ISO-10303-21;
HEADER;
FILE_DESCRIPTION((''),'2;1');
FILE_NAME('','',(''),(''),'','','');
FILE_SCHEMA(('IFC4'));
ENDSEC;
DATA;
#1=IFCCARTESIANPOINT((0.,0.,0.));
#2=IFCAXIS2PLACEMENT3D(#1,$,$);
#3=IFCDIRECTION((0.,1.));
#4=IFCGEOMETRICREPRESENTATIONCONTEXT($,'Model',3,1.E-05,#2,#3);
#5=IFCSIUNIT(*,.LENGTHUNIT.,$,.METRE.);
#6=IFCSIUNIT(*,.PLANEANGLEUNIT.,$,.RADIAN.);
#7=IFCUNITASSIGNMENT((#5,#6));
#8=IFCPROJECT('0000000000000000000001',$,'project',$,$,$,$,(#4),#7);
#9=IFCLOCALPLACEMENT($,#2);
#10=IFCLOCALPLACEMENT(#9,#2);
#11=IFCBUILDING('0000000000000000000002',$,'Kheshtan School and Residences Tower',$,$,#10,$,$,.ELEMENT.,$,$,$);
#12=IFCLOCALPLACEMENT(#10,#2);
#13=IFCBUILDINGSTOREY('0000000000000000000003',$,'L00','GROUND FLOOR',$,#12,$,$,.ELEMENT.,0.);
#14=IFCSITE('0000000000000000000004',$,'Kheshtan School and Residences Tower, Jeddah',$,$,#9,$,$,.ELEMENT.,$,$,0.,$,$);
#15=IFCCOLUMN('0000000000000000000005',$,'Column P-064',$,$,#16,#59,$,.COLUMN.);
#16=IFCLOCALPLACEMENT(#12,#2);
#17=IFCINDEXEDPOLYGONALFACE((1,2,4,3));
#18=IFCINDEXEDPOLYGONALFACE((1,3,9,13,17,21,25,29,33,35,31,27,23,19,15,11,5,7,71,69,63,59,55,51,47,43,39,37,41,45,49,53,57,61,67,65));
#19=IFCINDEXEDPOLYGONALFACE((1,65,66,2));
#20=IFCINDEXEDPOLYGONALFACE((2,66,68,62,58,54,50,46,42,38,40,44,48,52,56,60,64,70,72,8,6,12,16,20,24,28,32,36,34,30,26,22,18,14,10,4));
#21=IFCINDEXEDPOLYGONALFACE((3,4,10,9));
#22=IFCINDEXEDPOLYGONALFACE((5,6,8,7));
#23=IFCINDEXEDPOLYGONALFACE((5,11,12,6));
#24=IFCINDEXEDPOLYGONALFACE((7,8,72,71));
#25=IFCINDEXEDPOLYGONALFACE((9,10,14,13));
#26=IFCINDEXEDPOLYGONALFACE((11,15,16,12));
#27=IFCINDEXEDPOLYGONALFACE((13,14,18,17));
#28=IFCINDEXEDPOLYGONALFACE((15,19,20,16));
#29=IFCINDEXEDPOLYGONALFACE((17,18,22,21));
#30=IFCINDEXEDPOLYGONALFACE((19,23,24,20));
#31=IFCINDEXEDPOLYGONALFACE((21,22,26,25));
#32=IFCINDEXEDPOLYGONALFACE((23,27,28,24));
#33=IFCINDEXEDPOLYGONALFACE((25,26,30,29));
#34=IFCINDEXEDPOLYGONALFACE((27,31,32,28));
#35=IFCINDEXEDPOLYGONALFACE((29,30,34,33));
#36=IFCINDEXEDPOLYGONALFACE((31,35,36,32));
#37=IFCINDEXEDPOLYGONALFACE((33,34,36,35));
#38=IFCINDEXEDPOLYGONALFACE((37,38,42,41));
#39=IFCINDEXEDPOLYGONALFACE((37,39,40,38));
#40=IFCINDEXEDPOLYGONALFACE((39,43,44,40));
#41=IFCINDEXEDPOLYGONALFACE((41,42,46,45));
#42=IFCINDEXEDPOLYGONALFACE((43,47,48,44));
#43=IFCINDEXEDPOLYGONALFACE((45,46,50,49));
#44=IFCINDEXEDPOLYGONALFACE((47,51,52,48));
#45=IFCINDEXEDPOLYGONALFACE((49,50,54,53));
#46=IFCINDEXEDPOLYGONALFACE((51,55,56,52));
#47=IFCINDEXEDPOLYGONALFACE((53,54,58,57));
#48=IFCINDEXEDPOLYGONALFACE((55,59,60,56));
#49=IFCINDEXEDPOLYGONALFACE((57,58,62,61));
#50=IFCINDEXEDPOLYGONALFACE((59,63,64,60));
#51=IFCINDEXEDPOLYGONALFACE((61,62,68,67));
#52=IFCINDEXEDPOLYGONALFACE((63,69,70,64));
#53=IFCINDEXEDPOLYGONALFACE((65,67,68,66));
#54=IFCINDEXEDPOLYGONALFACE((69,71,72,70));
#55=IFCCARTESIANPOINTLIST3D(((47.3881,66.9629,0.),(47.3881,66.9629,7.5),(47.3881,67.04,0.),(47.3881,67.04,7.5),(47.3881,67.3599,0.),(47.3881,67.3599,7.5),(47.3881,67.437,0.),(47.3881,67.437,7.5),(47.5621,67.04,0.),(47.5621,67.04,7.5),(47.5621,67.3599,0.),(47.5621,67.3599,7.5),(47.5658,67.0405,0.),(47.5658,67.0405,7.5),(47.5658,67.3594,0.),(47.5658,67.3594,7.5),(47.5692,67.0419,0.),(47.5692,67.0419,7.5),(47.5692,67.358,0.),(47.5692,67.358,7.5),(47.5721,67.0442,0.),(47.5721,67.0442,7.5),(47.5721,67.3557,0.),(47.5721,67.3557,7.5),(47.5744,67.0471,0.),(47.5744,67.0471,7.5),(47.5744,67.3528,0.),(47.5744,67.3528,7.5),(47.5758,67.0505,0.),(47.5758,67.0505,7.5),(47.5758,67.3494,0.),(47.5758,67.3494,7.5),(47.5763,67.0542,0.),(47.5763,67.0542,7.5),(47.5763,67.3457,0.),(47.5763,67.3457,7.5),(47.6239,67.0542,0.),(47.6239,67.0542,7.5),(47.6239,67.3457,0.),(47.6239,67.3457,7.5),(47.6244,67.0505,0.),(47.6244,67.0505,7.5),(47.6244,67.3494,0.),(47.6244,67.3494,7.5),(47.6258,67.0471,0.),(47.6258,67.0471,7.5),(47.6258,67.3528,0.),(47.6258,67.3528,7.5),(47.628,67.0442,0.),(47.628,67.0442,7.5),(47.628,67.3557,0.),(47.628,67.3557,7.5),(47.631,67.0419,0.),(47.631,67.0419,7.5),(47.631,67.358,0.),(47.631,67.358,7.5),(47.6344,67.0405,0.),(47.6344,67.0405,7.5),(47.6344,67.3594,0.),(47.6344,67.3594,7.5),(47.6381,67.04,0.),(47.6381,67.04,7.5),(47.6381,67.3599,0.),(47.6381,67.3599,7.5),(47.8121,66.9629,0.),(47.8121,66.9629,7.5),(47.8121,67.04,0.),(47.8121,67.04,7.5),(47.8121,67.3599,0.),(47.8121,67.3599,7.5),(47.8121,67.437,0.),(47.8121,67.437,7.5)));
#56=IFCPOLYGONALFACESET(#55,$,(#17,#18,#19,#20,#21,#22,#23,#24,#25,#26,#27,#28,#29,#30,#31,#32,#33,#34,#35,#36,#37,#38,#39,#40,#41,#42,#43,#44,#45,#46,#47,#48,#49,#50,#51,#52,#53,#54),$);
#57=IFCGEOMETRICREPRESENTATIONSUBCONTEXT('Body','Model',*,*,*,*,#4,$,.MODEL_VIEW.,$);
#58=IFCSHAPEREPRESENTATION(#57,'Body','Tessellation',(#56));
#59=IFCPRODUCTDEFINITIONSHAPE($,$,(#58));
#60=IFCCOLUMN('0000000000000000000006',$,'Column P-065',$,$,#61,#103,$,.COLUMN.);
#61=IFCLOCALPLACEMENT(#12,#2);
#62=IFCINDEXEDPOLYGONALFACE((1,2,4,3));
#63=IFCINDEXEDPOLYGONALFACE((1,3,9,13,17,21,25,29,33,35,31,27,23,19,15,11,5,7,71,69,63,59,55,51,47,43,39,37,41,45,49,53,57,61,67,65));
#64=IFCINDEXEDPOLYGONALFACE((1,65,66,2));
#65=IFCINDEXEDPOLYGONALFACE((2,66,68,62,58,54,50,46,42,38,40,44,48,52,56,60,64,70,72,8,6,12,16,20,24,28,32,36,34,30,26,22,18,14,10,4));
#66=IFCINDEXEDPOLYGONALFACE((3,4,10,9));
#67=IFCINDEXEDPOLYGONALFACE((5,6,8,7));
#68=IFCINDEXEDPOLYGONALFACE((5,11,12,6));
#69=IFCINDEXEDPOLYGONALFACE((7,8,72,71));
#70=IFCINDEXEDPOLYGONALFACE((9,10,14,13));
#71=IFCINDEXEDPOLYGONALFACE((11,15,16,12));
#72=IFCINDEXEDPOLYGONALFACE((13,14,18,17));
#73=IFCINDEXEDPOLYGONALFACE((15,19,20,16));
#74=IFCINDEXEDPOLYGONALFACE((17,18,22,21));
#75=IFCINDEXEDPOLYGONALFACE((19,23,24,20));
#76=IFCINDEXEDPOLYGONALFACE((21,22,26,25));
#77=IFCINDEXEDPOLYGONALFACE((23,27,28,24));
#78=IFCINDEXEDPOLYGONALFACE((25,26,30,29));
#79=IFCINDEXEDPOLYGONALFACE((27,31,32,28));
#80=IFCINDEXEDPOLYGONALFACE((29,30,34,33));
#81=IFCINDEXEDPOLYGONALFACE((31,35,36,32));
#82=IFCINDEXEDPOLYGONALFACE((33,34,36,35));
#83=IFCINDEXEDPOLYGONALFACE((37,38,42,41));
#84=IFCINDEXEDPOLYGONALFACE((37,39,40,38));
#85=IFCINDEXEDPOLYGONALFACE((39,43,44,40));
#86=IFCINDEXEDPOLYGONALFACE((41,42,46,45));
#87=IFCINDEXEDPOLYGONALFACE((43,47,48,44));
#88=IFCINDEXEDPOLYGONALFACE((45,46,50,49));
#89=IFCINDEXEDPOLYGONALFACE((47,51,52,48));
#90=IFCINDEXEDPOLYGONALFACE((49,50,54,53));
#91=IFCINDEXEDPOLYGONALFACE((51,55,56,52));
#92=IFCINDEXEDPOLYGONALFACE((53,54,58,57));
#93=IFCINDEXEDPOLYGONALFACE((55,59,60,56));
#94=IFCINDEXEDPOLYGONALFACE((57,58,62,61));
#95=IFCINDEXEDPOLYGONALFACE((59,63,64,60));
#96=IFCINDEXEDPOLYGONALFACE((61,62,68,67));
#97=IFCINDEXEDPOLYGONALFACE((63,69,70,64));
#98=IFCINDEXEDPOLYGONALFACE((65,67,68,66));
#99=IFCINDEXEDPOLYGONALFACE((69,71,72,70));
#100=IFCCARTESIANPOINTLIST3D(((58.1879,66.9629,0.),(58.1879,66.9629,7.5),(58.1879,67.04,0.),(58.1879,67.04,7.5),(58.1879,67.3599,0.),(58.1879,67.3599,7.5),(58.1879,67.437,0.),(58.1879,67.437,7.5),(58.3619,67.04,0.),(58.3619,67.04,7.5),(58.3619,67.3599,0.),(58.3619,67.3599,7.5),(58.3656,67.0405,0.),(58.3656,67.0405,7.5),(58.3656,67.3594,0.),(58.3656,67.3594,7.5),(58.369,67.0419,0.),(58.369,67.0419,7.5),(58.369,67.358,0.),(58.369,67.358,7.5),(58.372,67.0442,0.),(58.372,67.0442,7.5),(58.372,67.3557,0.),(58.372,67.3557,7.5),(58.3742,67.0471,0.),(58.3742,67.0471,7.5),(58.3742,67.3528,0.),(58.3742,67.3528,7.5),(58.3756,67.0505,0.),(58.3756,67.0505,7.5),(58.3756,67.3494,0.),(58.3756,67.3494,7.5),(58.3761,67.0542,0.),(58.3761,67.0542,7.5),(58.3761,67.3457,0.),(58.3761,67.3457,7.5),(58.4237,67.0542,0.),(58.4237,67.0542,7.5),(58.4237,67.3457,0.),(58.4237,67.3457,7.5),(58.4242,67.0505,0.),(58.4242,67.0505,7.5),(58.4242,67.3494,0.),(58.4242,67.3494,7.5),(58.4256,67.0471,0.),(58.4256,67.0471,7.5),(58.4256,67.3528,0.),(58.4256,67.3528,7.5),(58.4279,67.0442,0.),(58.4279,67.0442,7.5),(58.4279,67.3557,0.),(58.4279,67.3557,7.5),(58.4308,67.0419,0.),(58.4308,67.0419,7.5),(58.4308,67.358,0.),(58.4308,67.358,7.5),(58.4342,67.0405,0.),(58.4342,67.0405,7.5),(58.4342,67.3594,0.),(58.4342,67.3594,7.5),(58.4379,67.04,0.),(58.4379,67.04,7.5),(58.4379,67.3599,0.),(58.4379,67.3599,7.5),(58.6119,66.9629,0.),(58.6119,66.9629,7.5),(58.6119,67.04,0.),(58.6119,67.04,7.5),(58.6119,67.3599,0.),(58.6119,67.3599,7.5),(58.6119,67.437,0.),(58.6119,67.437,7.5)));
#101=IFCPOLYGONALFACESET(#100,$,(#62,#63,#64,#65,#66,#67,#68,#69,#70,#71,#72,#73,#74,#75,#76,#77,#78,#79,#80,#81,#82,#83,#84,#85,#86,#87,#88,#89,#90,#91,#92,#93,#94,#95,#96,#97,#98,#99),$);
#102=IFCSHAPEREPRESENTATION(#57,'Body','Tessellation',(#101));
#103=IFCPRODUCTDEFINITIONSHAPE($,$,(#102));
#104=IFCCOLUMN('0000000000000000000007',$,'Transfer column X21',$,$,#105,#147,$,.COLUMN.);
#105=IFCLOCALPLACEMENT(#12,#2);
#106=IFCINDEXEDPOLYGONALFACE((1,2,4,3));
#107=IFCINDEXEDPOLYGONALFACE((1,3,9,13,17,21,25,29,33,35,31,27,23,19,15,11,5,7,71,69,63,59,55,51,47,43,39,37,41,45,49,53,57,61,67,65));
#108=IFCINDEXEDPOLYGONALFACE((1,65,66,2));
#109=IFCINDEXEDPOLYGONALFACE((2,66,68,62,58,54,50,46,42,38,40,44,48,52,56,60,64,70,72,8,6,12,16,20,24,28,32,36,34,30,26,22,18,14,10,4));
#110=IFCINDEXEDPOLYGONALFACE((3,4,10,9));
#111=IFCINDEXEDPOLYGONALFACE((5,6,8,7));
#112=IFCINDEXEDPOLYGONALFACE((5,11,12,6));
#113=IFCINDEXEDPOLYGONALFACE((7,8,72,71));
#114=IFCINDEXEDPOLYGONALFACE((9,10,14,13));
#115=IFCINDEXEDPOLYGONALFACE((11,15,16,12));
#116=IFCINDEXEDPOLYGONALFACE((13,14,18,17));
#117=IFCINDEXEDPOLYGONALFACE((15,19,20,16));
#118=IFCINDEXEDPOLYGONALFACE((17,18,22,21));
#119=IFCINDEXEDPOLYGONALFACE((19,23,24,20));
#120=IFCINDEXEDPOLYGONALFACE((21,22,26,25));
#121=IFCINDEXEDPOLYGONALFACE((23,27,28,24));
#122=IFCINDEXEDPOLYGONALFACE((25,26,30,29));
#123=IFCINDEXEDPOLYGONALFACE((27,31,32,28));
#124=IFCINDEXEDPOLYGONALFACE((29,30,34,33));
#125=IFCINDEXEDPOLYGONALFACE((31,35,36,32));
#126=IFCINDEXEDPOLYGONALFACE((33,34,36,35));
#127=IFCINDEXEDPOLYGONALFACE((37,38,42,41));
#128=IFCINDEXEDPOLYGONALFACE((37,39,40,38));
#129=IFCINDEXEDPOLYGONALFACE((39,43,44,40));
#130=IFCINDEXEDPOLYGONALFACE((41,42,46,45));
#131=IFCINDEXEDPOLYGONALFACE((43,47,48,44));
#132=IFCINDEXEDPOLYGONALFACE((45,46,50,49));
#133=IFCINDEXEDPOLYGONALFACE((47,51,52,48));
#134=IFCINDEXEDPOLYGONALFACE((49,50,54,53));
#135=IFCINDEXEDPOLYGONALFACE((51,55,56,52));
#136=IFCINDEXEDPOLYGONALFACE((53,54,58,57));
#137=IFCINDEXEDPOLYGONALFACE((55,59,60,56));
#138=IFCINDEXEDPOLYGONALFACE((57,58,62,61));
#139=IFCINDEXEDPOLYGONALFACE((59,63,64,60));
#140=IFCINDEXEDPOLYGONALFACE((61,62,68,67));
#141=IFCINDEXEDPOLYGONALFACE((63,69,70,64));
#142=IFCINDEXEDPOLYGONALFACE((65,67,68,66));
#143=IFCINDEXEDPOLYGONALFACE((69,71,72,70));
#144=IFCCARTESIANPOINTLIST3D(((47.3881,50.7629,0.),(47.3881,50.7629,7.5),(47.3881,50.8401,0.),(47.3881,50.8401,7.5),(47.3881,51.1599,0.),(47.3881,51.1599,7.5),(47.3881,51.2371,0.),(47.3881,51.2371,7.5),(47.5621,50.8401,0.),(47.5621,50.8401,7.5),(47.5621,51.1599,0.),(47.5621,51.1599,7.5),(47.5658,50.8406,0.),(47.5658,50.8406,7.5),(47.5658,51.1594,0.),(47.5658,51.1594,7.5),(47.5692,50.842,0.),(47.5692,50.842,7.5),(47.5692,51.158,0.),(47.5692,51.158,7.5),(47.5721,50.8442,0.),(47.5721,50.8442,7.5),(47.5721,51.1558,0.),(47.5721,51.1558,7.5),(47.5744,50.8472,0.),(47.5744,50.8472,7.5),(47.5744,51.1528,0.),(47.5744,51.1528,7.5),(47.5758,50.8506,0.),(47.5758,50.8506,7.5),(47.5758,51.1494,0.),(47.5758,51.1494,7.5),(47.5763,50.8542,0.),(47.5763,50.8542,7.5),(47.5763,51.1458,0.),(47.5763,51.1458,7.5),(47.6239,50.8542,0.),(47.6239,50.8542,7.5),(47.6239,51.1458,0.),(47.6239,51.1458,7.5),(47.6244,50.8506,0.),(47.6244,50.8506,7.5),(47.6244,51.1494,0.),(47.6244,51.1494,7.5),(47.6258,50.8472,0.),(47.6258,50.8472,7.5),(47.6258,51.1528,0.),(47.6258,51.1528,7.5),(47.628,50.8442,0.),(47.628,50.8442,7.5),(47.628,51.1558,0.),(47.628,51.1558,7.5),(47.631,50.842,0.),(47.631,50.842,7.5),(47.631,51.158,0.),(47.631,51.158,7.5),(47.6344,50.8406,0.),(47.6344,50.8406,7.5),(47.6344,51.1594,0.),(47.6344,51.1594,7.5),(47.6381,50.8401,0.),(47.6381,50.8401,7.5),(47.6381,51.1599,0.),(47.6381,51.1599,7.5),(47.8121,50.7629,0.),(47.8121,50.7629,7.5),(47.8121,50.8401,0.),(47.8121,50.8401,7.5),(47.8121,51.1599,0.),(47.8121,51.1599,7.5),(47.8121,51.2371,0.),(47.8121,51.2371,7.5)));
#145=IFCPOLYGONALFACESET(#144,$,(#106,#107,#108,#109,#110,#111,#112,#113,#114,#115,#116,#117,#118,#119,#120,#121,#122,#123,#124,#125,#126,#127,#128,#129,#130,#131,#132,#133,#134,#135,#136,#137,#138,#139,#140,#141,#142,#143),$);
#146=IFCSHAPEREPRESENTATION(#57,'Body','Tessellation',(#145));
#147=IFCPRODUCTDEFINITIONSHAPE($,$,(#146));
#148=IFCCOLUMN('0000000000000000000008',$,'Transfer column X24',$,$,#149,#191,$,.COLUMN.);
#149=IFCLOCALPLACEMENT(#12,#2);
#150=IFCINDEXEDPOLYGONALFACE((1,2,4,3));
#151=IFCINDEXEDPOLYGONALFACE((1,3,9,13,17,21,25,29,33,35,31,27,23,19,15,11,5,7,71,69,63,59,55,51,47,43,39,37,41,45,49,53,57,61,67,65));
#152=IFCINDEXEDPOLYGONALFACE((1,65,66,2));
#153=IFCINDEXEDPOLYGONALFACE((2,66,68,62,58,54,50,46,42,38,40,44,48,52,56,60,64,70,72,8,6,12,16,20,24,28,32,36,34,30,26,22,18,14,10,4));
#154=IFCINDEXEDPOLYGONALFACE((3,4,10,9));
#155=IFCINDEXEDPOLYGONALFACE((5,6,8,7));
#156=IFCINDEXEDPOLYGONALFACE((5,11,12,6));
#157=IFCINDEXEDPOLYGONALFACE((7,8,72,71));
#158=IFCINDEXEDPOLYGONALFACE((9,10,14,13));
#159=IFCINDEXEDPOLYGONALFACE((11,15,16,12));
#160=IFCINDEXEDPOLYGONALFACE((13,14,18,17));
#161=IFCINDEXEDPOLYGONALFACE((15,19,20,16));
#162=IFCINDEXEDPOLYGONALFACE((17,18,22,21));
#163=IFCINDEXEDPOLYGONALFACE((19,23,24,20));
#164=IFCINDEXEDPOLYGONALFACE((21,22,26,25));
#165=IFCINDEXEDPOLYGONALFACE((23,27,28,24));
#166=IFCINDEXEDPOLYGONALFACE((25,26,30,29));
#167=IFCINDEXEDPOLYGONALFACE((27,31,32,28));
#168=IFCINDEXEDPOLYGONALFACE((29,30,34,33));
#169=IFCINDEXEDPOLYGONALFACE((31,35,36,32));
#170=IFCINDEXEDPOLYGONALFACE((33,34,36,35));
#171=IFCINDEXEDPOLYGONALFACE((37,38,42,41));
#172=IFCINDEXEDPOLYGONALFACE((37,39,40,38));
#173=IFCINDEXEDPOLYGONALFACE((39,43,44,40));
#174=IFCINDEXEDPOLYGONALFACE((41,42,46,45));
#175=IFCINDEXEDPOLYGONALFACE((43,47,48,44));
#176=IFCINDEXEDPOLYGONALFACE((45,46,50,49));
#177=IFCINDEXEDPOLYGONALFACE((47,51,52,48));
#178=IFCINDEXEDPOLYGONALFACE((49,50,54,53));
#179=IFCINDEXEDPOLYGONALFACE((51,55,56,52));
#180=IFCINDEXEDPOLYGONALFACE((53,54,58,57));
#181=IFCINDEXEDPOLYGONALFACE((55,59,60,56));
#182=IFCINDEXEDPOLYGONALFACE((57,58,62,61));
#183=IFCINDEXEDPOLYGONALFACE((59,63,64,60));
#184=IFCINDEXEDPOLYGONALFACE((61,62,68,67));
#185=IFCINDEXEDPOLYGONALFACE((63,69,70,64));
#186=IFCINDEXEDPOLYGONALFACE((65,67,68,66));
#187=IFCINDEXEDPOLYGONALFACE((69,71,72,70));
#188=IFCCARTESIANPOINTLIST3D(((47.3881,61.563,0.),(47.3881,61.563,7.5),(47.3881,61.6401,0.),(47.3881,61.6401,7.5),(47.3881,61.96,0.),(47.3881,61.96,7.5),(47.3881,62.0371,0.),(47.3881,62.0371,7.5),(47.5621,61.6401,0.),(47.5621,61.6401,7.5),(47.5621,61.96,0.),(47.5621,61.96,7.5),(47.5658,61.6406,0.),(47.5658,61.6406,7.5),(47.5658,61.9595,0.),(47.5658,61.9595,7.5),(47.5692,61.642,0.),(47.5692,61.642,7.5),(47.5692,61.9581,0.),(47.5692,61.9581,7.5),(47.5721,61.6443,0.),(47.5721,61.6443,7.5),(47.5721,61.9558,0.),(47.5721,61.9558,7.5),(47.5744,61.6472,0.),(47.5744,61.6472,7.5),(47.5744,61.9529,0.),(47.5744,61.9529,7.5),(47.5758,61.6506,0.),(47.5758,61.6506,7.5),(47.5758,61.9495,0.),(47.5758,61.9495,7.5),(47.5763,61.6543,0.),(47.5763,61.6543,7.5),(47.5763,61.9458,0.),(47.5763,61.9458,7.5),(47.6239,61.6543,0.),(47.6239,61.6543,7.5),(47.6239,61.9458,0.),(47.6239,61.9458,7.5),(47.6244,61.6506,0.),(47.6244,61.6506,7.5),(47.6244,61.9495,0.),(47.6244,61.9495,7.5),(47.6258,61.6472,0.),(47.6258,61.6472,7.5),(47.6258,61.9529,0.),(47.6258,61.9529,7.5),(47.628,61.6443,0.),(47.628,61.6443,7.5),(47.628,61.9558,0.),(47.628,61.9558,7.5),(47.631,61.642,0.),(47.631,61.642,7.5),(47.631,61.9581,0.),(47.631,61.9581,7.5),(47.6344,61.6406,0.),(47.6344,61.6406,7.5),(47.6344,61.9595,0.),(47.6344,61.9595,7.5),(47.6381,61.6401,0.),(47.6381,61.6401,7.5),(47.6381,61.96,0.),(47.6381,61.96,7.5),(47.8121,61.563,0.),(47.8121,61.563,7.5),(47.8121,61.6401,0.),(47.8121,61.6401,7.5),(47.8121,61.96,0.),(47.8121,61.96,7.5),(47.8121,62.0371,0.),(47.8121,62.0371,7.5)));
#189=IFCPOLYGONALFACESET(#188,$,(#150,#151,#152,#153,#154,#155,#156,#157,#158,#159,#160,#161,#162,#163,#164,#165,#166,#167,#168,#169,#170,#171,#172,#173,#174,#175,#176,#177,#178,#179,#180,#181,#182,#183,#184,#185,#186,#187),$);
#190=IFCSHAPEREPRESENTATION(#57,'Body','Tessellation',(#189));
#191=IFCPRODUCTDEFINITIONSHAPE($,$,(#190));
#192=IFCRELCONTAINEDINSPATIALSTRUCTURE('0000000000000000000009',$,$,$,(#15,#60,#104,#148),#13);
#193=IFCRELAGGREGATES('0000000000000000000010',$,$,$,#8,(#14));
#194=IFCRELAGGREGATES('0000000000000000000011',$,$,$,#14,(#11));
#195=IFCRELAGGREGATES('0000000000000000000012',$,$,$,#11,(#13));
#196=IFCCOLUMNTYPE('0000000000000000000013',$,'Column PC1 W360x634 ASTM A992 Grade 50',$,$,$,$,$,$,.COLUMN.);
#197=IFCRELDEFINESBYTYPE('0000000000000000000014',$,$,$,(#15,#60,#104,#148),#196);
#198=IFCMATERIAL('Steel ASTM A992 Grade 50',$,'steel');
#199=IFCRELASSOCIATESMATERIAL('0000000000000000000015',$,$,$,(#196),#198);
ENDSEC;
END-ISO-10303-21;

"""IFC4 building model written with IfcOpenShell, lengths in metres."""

from ifc_helpers import new_model, si_unit, direction, frame, origin, origin_2d, place, context, subcontext, project, spatial, i_section, extrude, material, material_profile, profile_set, type_object, element, save


model = new_model("IFC4")

# Units and contexts
model_context = context("Model", 3, precision=1e-05, world=origin(), true_north=direction((0.0, 1.0)))
body_context = subcontext(model_context, "Body", "Model", "MODEL_VIEW")
ifc_project = project(units=[si_unit("LENGTHUNIT", "METRE"), si_unit("PLANEANGLEUNIT", "RADIAN")], contexts=[model_context])

# Site, building, storey
site_placement = place(None, origin())
site = spatial("IfcSite", under=ifc_project, at=site_placement, Name="Kheshtan School and Residences Tower, Jeddah", CompositionType="ELEMENT", RefElevation=0.0)
building_placement = place(site_placement, origin())
building = spatial("IfcBuilding", under=site, at=building_placement, Name="Kheshtan School and Residences Tower", CompositionType="ELEMENT")
storey_placement = place(building_placement, origin())
storey = spatial("IfcBuildingStorey", under=building, at=storey_placement, Name="L00", Description="GROUND FLOOR", CompositionType="ELEMENT", Elevation=0.0)

# Columns
ifc_material_1 = material(Name="Steel ASTM A992 Grade 50", Category="steel")
ifc_material_profile_1 = material_profile(ifc_material_1, i_section(OverallWidth=0.4241, OverallDepth=0.4741, WebThickness=0.0476, FlangeThickness=0.0771, FilletRadius=0.0142, at=origin_2d()), Name="W360x634")
ifc_profile_set_1 = profile_set([ifc_material_profile_1], Name="Steel ASTM A992 Grade 50")
column_type = type_object("IfcColumnType", Name="Column PC1 W360x634 ASTM A992 Grade 50", PredefinedType="COLUMN", material=ifc_profile_set_1)
for number, where, z_axis, x_axis, name in (
    (1, (47.6001, 67.2, 0.0), (0.0, 0.0, 1.0), (1.0, 0.0, 0.0), "Column P-064"),
    (2, (58.3999, 67.2, 0.0), (0.0, 0.0, 1.0), (1.0, 0.0, 0.0), "Column P-065"),
    (3, (47.6001, 51.0, 0.0), (0.0, 0.0, 1.0), (1.0, 0.0, 0.0), "Transfer column X21"),
    (4, (47.6001, 61.8, 0.0), (0.0, 0.0, 1.0), (1.0, 0.0, 0.0), "Transfer column X24"),
):
    element("IfcColumn", number, at=place(storey_placement, frame(where, z_axis=z_axis, x_axis=x_axis)), inside=storey, type_object=column_type, Name=name, PredefinedType="COLUMN", context=body_context, shape_type="SweptSolid", body=[
        extrude(i_section(OverallWidth=0.4241, OverallDepth=0.4741, WebThickness=0.0476, FlangeThickness=0.0771, FilletRadius=0.0142, at=origin_2d()), origin(), (0.0, 0.0, 1.0), 7.5),
    ])

save(model, "model.ifc")
